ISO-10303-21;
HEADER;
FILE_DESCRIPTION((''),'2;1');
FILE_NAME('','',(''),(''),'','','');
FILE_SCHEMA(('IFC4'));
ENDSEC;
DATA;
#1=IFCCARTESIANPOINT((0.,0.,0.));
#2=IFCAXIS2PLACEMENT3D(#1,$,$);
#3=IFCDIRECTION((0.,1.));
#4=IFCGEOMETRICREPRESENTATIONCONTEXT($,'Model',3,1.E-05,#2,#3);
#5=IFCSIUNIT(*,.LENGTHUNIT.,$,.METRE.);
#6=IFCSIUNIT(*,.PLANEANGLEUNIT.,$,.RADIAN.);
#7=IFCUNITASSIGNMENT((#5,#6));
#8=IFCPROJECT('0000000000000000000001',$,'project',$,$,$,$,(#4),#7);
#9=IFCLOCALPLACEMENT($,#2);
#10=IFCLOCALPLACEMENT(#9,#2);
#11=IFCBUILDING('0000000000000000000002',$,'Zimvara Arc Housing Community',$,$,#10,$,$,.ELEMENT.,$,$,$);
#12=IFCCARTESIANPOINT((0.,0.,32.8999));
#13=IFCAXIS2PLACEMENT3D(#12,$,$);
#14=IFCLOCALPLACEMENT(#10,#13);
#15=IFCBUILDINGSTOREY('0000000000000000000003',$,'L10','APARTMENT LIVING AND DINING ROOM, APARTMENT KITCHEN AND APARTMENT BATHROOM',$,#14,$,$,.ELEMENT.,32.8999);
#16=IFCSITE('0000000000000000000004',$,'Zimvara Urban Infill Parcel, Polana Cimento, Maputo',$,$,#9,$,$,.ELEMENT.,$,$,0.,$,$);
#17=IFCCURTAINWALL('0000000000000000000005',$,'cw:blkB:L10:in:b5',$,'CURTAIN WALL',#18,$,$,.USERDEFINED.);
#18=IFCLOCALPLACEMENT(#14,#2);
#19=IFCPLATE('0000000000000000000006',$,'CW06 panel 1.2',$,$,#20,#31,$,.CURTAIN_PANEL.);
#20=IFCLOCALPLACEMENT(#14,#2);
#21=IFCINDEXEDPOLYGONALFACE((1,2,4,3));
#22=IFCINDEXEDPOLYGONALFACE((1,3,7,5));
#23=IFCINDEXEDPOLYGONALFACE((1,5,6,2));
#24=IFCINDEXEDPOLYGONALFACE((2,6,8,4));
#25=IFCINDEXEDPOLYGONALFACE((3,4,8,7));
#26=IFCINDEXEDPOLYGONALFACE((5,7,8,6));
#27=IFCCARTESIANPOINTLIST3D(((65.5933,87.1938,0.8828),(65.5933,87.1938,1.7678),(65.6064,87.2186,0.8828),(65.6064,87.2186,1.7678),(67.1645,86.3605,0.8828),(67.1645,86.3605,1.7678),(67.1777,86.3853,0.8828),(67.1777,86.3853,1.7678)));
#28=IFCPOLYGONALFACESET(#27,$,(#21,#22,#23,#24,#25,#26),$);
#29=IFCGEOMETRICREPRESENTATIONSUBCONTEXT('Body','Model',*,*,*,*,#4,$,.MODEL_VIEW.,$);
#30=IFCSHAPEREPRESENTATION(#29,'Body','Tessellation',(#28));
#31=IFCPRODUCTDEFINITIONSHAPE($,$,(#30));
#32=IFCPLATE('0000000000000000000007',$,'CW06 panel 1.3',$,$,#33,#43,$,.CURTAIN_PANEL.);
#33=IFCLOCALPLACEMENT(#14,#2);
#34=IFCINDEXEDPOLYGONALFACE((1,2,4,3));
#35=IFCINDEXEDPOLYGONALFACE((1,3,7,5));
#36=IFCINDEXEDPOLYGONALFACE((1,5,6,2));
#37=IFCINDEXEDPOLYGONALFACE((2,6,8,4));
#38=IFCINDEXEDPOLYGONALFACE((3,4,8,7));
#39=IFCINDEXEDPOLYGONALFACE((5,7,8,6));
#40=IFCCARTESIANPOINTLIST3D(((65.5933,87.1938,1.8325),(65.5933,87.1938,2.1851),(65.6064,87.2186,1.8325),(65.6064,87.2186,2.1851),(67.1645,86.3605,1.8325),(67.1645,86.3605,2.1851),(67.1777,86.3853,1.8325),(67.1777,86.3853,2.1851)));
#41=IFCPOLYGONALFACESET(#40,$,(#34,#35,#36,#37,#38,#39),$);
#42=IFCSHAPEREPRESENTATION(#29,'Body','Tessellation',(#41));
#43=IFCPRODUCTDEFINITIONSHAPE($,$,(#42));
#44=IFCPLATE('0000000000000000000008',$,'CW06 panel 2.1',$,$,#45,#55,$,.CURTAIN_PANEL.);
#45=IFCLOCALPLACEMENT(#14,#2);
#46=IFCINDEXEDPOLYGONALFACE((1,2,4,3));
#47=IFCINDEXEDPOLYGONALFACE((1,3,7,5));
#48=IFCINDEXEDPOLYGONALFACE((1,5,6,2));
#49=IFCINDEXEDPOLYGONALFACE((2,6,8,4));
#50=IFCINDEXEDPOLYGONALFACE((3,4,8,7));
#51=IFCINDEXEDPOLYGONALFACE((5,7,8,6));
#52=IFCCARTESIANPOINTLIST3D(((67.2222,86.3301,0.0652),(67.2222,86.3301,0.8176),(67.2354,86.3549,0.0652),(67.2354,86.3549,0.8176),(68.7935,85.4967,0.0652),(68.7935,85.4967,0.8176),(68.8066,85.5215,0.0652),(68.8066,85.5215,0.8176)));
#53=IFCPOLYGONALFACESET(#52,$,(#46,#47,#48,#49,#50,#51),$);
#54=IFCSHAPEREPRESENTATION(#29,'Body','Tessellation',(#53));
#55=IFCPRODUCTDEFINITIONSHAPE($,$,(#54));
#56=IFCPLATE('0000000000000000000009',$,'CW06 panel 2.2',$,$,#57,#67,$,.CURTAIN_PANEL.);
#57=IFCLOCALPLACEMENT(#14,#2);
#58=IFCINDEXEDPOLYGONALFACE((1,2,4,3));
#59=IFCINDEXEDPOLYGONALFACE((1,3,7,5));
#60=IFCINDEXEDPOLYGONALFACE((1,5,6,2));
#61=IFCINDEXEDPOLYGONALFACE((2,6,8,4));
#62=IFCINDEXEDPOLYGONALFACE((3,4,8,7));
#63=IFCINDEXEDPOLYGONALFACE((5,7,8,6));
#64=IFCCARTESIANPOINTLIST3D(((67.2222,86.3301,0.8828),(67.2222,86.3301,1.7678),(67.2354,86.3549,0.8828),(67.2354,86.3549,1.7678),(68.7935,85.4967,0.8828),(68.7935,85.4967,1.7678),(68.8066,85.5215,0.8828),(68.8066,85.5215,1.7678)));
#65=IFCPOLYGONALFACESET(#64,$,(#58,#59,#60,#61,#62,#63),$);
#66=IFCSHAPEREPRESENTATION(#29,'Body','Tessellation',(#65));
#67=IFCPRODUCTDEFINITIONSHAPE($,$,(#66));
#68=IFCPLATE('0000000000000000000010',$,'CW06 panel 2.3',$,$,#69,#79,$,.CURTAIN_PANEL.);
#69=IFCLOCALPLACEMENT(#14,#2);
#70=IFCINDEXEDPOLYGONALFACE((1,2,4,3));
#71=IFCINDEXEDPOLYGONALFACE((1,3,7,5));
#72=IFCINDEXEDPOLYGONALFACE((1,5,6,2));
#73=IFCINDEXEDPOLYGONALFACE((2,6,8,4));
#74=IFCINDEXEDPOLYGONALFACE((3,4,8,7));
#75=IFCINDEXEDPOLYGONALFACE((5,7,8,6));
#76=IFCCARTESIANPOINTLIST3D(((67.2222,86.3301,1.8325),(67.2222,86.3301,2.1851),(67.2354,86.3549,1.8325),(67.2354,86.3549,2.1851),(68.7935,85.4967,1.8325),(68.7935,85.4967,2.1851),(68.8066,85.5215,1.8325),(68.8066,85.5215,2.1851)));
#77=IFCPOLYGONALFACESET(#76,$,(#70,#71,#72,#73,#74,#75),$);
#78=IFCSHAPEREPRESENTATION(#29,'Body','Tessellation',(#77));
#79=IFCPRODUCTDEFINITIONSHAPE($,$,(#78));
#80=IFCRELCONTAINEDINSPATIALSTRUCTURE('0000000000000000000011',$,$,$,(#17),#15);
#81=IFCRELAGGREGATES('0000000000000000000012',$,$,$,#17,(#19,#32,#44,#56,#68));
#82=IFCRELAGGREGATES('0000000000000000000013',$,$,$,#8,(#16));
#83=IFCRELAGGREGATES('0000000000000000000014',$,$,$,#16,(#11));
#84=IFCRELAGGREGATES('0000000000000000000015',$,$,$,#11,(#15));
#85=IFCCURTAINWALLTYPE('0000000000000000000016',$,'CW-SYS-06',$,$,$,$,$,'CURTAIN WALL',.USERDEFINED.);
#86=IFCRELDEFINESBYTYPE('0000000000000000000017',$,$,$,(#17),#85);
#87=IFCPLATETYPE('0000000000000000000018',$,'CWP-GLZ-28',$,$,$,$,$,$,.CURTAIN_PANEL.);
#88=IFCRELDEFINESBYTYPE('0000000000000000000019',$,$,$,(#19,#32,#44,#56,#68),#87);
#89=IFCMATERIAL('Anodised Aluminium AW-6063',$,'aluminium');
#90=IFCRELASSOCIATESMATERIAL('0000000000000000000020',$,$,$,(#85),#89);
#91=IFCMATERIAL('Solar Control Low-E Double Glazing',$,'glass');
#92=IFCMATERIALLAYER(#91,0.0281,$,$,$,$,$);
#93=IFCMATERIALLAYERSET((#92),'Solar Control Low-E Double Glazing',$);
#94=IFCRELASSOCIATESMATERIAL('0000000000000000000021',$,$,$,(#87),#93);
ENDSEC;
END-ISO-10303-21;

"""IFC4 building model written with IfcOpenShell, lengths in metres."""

from ifc_helpers import new_model, si_unit, direction, frame, origin, origin_2d, place, context, subcontext, project, spatial, rectangle, extrude, material, layer, layer_set, type_object, element, aggregate, save


model = new_model("IFC4")

# Units and contexts
model_context = context("Model", 3, precision=1e-05, world=origin(), true_north=direction((0.0, 1.0)))
body_context = subcontext(model_context, "Body", "Model", "MODEL_VIEW")
ifc_project = project(units=[si_unit("LENGTHUNIT", "METRE"), si_unit("PLANEANGLEUNIT", "RADIAN")], contexts=[model_context])

# Site, building, storey
site_placement = place(None, origin())
site = spatial("IfcSite", under=ifc_project, at=site_placement, Name="Zimvara Urban Infill Parcel, Polana Cimento, Maputo", CompositionType="ELEMENT", RefElevation=0.0)
building_placement = place(site_placement, origin())
building = spatial("IfcBuilding", under=site, at=building_placement, Name="Zimvara Arc Housing Community", CompositionType="ELEMENT")
storey_placement = place(building_placement, frame((0.0, 0.0, 32.8999)))
storey = spatial("IfcBuildingStorey", under=building, at=storey_placement, Name="L10", Description="APARTMENT LIVING AND DINING ROOM, APARTMENT KITCHEN AND APARTMENT BATHROOM", CompositionType="ELEMENT", Elevation=32.8999)

# Curtain wall
ifc_material_1 = material(Name="Anodised Aluminium AW-6063", Category="aluminium")
curtain_wall_type_1 = type_object("IfcCurtainWallType", Name="CW-SYS-06", ElementType="CURTAIN WALL", PredefinedType="USERDEFINED", material=ifc_material_1)
curtain_wall_1_placement = place(storey_placement, origin())
curtain_wall_1 = element("IfcCurtainWall", 1, at=curtain_wall_1_placement, inside=storey, type_object=curtain_wall_type_1, Name="cw:blkB:L10:in:b5", ObjectType="CURTAIN WALL", PredefinedType="USERDEFINED")

# Plates
ifc_material_2 = material(Name="Solar Control Low-E Double Glazing", Category="glass")
ifc_layer_1 = layer(ifc_material_2, 0.0281)
ifc_layer_set_1 = layer_set([ifc_layer_1], Name="Solar Control Low-E Double Glazing")
plate_type_1 = type_object("IfcPlateType", Name="CWP-GLZ-28", PredefinedType="CURTAIN_PANEL", material=ifc_layer_set_1)
plate_1_placement = place(storey_placement, frame((66.3855, 86.7896, 0.8828), z_axis=(0.0, 0.0, 1.0), x_axis=(0.883439, -0.468547, 0.0)))
plate_1 = element("IfcPlate", 2, at=plate_1_placement, type_object=plate_type_1, Name="CW06 panel 1.2", PredefinedType="CURTAIN_PANEL", context=body_context, shape_type="SweptSolid", body=[
    extrude(rectangle(XDim=1.7786, YDim=0.0281, at=origin_2d()), origin(), (0.0, 0.0, 1.0), 0.885),
])
plate_2_placement = place(storey_placement, frame((66.3855, 86.7896, 1.8325), z_axis=(0.0, 0.0, 1.0), x_axis=(0.883439, -0.468547, 0.0)))
plate_2 = element("IfcPlate", 3, at=plate_2_placement, type_object=plate_type_1, Name="CW06 panel 1.3", PredefinedType="CURTAIN_PANEL", context=body_context, shape_type="SweptSolid", body=[
    extrude(rectangle(XDim=1.7786, YDim=0.0281, at=origin_2d()), origin(), (0.0, 0.0, 1.0), 0.3525),
])
plate_3_placement = place(storey_placement, frame((68.0144, 85.9258, 0.0652), z_axis=(0.0, 0.0, 1.0), x_axis=(0.883439, -0.468547, 0.0)))
plate_3 = element("IfcPlate", 4, at=plate_3_placement, type_object=plate_type_1, Name="CW06 panel 2.1", PredefinedType="CURTAIN_PANEL", context=body_context, shape_type="SweptSolid", body=[
    extrude(rectangle(XDim=1.7786, YDim=0.0281, at=origin_2d()), origin(), (0.0, 0.0, 1.0), 0.7524),
])
plate_4_placement = place(storey_placement, frame((68.0144, 85.9258, 0.8828), z_axis=(0.0, 0.0, 1.0), x_axis=(0.883439, -0.468547, 0.0)))
plate_4 = element("IfcPlate", 5, at=plate_4_placement, type_object=plate_type_1, Name="CW06 panel 2.2", PredefinedType="CURTAIN_PANEL", context=body_context, shape_type="SweptSolid", body=[
    extrude(rectangle(XDim=1.7786, YDim=0.0281, at=origin_2d()), origin(), (0.0, 0.0, 1.0), 0.885),
])
plate_5_placement = place(storey_placement, frame((68.0144, 85.9258, 1.8325), z_axis=(0.0, 0.0, 1.0), x_axis=(0.883439, -0.468547, 0.0)))
plate_5 = element("IfcPlate", 6, at=plate_5_placement, type_object=plate_type_1, Name="CW06 panel 2.3", PredefinedType="CURTAIN_PANEL", context=body_context, shape_type="SweptSolid", body=[
    extrude(rectangle(XDim=1.7786, YDim=0.0281, at=origin_2d()), origin(), (0.0, 0.0, 1.0), 0.3525),
])
aggregate(curtain_wall_1, [plate_1, plate_2, plate_3, plate_4, plate_5])

save(model, "model.ifc")
